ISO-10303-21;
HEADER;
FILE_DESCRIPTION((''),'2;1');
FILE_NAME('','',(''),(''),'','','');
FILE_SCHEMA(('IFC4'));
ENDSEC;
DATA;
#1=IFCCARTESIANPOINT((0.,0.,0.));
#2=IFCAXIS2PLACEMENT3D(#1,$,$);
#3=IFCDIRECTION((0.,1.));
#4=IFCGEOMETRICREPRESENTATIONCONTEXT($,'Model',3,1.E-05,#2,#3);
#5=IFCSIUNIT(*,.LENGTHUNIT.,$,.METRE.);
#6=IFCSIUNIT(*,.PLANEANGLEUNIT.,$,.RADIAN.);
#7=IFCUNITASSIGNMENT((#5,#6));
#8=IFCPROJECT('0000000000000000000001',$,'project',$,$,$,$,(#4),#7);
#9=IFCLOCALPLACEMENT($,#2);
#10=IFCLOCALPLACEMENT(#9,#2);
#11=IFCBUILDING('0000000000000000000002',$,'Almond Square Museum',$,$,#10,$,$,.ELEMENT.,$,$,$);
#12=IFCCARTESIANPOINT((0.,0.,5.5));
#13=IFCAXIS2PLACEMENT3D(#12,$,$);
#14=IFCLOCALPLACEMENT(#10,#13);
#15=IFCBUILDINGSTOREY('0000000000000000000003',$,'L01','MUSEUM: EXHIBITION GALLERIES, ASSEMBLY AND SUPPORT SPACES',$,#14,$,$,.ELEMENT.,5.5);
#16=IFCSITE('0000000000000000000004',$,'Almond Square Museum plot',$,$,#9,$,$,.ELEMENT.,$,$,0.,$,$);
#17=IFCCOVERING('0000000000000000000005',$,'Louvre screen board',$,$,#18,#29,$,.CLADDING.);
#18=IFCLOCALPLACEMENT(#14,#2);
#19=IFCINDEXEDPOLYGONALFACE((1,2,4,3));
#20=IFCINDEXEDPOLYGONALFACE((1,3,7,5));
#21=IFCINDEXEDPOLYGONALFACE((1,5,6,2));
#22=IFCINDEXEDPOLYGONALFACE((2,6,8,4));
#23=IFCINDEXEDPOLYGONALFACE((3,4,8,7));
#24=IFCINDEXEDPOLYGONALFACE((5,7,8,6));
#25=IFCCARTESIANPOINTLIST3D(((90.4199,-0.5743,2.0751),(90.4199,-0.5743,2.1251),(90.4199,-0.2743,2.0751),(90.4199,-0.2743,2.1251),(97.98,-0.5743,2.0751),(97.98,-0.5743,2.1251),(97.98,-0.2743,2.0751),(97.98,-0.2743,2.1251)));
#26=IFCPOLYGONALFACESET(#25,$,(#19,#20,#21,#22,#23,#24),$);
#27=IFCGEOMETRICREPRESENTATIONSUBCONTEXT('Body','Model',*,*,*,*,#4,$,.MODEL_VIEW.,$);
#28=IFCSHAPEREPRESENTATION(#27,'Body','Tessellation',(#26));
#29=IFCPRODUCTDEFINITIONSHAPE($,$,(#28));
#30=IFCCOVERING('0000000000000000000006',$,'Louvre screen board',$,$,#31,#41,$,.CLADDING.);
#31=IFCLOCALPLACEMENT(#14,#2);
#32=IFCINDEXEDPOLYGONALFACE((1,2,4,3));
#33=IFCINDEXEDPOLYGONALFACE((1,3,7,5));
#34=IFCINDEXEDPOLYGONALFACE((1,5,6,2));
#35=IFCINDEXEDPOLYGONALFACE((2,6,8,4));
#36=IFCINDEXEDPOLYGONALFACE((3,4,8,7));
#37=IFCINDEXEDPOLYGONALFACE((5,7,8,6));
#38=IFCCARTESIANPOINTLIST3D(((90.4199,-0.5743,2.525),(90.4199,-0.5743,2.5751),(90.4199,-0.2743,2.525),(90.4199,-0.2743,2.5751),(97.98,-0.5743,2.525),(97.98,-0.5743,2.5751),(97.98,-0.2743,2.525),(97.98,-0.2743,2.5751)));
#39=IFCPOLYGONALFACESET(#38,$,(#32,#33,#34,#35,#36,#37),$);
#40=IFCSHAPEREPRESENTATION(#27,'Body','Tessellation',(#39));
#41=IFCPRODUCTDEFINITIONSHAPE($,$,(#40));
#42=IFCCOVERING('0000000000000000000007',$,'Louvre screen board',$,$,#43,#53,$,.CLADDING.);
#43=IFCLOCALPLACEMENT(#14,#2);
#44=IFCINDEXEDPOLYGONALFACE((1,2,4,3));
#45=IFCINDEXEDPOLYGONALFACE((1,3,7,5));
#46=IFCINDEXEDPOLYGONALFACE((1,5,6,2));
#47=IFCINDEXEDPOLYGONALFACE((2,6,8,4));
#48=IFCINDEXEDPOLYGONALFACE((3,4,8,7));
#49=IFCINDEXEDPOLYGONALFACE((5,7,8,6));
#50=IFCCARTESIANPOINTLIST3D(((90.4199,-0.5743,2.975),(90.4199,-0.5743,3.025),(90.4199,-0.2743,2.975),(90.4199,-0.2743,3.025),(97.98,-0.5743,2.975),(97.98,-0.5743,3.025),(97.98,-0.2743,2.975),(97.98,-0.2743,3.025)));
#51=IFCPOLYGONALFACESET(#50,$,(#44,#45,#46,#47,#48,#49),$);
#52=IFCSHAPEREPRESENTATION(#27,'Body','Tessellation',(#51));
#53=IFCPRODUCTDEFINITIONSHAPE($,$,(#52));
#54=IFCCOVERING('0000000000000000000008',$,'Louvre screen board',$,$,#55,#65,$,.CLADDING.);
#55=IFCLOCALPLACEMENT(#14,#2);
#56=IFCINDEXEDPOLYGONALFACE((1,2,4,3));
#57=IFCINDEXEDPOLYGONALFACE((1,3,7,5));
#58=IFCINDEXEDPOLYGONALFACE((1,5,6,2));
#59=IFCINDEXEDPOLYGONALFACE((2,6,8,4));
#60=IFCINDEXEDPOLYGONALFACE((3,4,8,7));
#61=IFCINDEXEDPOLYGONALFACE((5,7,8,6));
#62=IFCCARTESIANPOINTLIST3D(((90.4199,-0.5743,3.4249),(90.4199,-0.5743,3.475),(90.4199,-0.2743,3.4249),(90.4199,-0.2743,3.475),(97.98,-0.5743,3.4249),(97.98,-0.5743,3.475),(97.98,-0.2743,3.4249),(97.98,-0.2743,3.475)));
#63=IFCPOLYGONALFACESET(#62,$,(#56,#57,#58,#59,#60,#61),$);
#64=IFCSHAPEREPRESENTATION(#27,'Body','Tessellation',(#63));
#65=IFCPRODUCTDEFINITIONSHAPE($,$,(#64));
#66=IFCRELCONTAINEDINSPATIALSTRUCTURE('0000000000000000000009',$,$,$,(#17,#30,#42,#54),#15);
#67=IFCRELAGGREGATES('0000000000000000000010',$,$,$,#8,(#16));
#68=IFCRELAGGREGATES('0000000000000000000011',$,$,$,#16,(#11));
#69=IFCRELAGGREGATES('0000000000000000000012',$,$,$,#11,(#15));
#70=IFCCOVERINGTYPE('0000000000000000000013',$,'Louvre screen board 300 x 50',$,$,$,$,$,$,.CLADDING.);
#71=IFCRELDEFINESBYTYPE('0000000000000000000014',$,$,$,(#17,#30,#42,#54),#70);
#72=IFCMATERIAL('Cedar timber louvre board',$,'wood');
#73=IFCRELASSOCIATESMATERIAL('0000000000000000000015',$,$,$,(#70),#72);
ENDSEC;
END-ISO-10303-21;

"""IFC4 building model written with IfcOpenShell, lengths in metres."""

from ifc_helpers import new_model, si_unit, direction, frame, origin, origin_2d, place, context, subcontext, project, spatial, rectangle, extrude, material, material_profile, profile_set, type_object, element, save


model = new_model("IFC4")

# Units and contexts
model_context = context("Model", 3, precision=1e-05, world=origin(), true_north=direction((0.0, 1.0)))
body_context = subcontext(model_context, "Body", "Model", "MODEL_VIEW")
ifc_project = project(units=[si_unit("LENGTHUNIT", "METRE"), si_unit("PLANEANGLEUNIT", "RADIAN")], contexts=[model_context])

# Site, building, storey
site_placement = place(None, origin())
site = spatial("IfcSite", under=ifc_project, at=site_placement, Name="Almond Square Museum plot", CompositionType="ELEMENT", RefElevation=0.0)
building_placement = place(site_placement, origin())
building = spatial("IfcBuilding", under=site, at=building_placement, Name="Almond Square Museum", CompositionType="ELEMENT")
storey_placement = place(building_placement, frame((0.0, 0.0, 5.5)))
storey = spatial("IfcBuildingStorey", under=building, at=storey_placement, Name="L01", Description="MUSEUM: EXHIBITION GALLERIES, ASSEMBLY AND SUPPORT SPACES", CompositionType="ELEMENT", Elevation=5.5)

# Coverings
ifc_material_1 = material(Name="Cedar timber louvre board", Category="wood")
ifc_material_profile_1 = material_profile(ifc_material_1, rectangle(XDim=0.3, YDim=0.05, at=origin_2d()))
ifc_profile_set_1 = profile_set([ifc_material_profile_1], Name="Cedar timber louvre board")
covering_type = type_object("IfcCoveringType", Name="Louvre screen board 300 x 50", PredefinedType="CLADDING", material=ifc_profile_set_1)
for number, where, z_axis, x_axis, name in (
    (1, (90.4199, -0.4243, 2.1001), (1.0, 0.0, 0.0), (0.0, 1.0, 0.0), "Louvre screen board"),
    (2, (90.4199, -0.4243, 2.55), (1.0, 0.0, 0.0), (0.0, 1.0, 0.0), "Louvre screen board"),
    (3, (90.4199, -0.4243, 3.0), (1.0, 0.0, 0.0), (0.0, 1.0, 0.0), "Louvre screen board"),
    (4, (90.4199, -0.4243, 3.45), (1.0, 0.0, 0.0), (0.0, 1.0, 0.0), "Louvre screen board"),
):
    element("IfcCovering", number, at=place(storey_placement, frame(where, z_axis=z_axis, x_axis=x_axis)), inside=storey, type_object=covering_type, Name=name, PredefinedType="CLADDING", context=body_context, shape_type="SweptSolid", body=[
        extrude(rectangle(XDim=0.3, YDim=0.05, at=origin_2d()), origin(), (0.0, 0.0, 1.0), 7.5601),
    ])

save(model, "model.ifc")
